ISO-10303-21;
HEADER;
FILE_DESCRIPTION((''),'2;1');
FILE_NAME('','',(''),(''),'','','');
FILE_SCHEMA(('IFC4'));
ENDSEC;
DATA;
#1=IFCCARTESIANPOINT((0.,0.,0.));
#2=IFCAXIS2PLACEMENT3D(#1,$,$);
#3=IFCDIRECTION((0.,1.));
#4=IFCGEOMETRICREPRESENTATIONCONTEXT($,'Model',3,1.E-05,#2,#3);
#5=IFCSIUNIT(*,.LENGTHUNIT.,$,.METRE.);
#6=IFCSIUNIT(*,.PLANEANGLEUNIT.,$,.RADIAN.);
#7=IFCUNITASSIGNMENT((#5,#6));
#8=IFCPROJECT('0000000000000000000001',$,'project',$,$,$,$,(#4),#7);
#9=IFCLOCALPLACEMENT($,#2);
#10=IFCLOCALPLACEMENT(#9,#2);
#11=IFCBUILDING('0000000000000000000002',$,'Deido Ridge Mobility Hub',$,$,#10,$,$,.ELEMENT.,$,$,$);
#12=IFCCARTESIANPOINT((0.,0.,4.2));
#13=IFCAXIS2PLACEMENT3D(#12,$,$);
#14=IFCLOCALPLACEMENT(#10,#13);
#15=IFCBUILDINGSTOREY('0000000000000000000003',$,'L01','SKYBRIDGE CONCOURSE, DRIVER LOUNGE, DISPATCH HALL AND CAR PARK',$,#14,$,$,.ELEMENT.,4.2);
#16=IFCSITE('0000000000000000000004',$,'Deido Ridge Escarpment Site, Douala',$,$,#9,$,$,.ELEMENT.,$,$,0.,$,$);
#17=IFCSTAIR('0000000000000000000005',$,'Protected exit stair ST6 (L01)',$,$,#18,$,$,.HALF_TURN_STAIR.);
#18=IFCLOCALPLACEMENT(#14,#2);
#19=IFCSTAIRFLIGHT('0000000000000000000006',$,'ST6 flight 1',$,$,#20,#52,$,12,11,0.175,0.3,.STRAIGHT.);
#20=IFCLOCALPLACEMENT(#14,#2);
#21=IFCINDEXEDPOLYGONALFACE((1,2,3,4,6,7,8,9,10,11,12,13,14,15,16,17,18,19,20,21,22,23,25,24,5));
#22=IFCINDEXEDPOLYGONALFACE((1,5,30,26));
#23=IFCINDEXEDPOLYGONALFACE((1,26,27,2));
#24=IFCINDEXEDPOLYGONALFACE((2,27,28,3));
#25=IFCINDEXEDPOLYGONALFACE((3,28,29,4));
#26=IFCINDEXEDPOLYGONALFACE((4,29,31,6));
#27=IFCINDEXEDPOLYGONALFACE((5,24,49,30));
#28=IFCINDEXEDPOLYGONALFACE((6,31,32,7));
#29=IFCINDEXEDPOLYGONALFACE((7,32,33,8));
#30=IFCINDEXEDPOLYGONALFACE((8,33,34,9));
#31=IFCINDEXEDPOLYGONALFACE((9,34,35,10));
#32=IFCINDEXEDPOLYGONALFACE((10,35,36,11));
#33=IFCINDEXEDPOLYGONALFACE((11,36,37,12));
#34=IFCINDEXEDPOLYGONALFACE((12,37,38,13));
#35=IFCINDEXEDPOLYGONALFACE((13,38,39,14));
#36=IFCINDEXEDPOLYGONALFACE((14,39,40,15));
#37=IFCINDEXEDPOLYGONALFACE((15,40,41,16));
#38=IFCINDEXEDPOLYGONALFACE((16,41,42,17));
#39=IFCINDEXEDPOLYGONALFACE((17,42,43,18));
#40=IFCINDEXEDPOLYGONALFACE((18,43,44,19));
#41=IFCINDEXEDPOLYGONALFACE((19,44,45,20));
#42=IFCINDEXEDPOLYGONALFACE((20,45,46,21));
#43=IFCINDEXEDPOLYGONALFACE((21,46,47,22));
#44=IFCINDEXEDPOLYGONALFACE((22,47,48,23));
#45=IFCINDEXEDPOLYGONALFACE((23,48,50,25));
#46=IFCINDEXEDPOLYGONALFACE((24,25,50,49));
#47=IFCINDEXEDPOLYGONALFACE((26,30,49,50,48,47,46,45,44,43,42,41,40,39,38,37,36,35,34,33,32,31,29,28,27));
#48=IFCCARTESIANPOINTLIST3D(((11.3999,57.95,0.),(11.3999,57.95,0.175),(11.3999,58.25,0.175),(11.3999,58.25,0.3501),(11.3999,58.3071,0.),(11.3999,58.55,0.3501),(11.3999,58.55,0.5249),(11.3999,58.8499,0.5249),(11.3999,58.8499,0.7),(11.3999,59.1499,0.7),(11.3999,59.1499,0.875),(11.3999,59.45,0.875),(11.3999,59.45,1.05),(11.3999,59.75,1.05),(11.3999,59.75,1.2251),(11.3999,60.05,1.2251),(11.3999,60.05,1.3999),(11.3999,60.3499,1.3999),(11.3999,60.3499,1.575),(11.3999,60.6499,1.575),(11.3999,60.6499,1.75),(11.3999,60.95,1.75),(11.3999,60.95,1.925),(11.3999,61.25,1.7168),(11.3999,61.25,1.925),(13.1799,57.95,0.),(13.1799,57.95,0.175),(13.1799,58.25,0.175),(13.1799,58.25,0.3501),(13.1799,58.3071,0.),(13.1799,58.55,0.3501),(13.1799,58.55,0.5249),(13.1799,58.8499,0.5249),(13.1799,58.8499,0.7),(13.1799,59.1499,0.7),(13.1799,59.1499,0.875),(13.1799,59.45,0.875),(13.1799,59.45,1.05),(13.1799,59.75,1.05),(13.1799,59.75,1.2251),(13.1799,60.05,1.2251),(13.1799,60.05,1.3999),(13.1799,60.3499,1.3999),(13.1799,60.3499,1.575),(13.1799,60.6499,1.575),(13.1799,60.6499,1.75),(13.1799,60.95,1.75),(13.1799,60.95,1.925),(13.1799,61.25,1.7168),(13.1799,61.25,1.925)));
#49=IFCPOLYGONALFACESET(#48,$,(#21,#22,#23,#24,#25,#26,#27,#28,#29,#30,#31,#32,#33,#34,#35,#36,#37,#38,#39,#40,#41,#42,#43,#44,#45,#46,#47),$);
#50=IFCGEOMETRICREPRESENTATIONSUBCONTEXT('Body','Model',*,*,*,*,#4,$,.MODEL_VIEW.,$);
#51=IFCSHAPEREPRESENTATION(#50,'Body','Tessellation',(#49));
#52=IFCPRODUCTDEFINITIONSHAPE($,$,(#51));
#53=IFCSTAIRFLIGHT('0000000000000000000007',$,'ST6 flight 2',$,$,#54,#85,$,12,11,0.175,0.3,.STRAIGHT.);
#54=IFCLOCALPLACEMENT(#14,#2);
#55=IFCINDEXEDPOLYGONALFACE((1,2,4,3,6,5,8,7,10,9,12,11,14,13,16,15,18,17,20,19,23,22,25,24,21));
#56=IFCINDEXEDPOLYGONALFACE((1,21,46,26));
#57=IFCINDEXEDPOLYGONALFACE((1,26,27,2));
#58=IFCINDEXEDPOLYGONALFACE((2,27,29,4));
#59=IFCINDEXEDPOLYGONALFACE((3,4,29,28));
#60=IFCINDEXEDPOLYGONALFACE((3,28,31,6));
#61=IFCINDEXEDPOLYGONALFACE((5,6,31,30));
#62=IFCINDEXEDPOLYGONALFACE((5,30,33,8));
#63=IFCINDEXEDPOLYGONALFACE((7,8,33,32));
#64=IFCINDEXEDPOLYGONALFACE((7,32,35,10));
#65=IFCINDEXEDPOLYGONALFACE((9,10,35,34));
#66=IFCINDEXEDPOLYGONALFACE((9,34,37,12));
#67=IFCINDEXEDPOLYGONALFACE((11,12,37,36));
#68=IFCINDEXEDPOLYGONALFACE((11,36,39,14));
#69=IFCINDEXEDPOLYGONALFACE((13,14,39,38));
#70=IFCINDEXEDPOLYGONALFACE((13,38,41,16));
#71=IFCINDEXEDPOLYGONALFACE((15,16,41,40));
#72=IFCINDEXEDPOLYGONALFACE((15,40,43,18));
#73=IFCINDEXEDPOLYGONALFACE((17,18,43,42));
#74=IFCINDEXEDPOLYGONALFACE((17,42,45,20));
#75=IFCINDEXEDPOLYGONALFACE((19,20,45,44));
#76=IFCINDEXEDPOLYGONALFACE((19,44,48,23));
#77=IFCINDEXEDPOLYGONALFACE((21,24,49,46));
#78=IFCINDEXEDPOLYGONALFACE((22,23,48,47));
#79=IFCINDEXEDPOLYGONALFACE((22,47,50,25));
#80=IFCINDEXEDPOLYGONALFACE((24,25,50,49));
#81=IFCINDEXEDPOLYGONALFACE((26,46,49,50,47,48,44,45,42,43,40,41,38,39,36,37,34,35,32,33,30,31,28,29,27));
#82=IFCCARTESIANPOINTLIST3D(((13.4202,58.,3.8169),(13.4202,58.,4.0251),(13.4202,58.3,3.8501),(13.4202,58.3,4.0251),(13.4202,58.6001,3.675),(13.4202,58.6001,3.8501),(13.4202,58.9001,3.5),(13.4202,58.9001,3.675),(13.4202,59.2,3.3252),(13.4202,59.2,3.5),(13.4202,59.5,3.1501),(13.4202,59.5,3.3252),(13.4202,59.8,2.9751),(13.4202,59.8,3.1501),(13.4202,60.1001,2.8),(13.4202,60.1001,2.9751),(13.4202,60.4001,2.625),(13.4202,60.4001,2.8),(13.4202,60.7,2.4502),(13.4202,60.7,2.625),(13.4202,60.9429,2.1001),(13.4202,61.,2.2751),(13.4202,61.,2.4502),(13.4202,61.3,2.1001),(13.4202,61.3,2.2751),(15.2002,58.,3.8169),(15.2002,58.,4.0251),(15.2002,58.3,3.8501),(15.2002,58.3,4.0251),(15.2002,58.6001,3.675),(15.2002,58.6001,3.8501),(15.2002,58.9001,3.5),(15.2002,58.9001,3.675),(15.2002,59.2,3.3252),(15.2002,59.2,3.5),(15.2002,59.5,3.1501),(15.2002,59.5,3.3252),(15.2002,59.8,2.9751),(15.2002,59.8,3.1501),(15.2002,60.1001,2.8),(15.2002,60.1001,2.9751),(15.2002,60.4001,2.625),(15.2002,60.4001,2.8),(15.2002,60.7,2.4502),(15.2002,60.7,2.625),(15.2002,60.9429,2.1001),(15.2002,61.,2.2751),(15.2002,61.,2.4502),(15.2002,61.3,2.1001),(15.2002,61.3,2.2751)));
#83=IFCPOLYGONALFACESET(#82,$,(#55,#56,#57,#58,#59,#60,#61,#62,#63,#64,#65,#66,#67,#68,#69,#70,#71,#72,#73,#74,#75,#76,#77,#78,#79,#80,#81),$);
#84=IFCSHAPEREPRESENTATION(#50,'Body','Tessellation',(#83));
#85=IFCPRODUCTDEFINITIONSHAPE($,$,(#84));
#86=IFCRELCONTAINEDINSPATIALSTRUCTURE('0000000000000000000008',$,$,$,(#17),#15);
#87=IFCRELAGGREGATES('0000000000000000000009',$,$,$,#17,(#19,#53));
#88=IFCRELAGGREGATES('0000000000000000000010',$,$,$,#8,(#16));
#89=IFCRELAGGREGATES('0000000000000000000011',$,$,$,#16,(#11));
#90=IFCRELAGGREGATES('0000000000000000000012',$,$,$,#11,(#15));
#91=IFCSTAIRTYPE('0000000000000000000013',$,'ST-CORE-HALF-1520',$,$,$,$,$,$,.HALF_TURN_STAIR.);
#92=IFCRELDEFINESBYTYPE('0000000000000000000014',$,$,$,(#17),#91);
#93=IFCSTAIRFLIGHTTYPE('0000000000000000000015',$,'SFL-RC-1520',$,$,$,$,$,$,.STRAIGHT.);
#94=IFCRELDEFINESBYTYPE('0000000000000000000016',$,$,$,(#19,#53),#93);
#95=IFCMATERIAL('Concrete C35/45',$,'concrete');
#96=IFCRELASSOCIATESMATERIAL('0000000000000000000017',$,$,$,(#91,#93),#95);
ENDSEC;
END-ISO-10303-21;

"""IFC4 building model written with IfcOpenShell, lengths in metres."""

from ifc_helpers import new_model, si_unit, direction, frame, origin, place, context, subcontext, project, spatial, polyline, outline, extrude, material, type_object, element, aggregate, save


model = new_model("IFC4")

# Units and contexts
model_context = context("Model", 3, precision=1e-05, world=origin(), true_north=direction((0.0, 1.0)))
body_context = subcontext(model_context, "Body", "Model", "MODEL_VIEW")
ifc_project = project(units=[si_unit("LENGTHUNIT", "METRE"), si_unit("PLANEANGLEUNIT", "RADIAN")], contexts=[model_context])

# Site, building, storey
site_placement = place(None, origin())
site = spatial("IfcSite", under=ifc_project, at=site_placement, Name="Deido Ridge Escarpment Site, Douala", CompositionType="ELEMENT", RefElevation=0.0)
building_placement = place(site_placement, origin())
building = spatial("IfcBuilding", under=site, at=building_placement, Name="Deido Ridge Mobility Hub", CompositionType="ELEMENT")
storey_placement = place(building_placement, frame((0.0, 0.0, 4.2)))
storey = spatial("IfcBuildingStorey", under=building, at=storey_placement, Name="L01", Description="SKYBRIDGE CONCOURSE, DRIVER LOUNGE, DISPATCH HALL AND CAR PARK", CompositionType="ELEMENT", Elevation=4.2)

# Stair, stair flights
ifc_material_1 = material(Name="Concrete C35/45", Category="concrete")
stair_type = type_object("IfcStairType", Name="ST-CORE-HALF-1520", PredefinedType="HALF_TURN_STAIR", material=ifc_material_1)
stair_placement = place(storey_placement, origin())
stair = element("IfcStair", 1, at=stair_placement, inside=storey, type_object=stair_type, Name="Protected exit stair ST6 (L01)", PredefinedType="HALF_TURN_STAIR")
stair_flight_type = type_object("IfcStairFlightType", Name="SFL-RC-1520", PredefinedType="STRAIGHT", material=ifc_material_1)
stair_flight_1_placement = place(storey_placement, frame((12.29, 57.95, 0.0), z_axis=(0.0, 0.0, 1.0), x_axis=(0.0, 1.0, 0.0)))
stair_flight_1 = element("IfcStairFlight", 2, at=stair_flight_1_placement, type_object=stair_flight_type, Name="ST6 flight 1", NumberOfRisers=12, NumberOfTreads=11, PredefinedType="STRAIGHT", RiserHeight=0.175, TreadLength=0.3, context=body_context, shape_type="SweptSolid", body=[
    extrude(outline(polyline([(0.0, 0.0), (0.0, 0.175), (0.3, 0.175), (0.3, 0.3501), (0.6001, 0.3501), (0.6001, 0.5249), (0.8999, 0.5249), (0.8999, 0.7), (1.2, 0.7), (1.2, 0.875), (1.5, 0.875), (1.5, 1.05), (1.8, 1.05), (1.8, 1.2251), (2.1001, 1.2251), (2.1001, 1.3999), (2.3999, 1.3999), (2.3999, 1.575), (2.7, 1.575), (2.7, 1.75), (3.0, 1.75), (3.0, 1.925), (3.3, 1.925), (3.3, 2.1001), (3.3, 1.7168), (0.3572, 0.0), (0.0, 0.0)])), frame((0.0, 0.8901, 0.0), z_axis=(0.0, -1.0, 0.0), x_axis=(1.0, 0.0, 0.0)), (0.0, 0.0, 1.0), 1.78),
])
stair_flight_2_placement = place(storey_placement, frame((14.3101, 61.3, 2.1001), z_axis=(0.0, 0.0, 1.0), x_axis=(0.0, -1.0, 0.0)))
stair_flight_2 = element("IfcStairFlight", 3, at=stair_flight_2_placement, type_object=stair_flight_type, Name="ST6 flight 2", NumberOfRisers=12, NumberOfTreads=11, PredefinedType="STRAIGHT", RiserHeight=0.175, TreadLength=0.3, context=body_context, shape_type="SweptSolid", body=[
    extrude(outline(polyline([(0.0, 0.0), (0.0, 0.175), (0.3, 0.175), (0.3, 0.3501), (0.6001, 0.3501), (0.6001, 0.5249), (0.8999, 0.5249), (0.8999, 0.7), (1.2, 0.7), (1.2, 0.875), (1.5, 0.875), (1.5, 1.05), (1.8, 1.05), (1.8, 1.2251), (2.1001, 1.2251), (2.1001, 1.3999), (2.3999, 1.3999), (2.3999, 1.575), (2.7, 1.575), (2.7, 1.75), (3.0, 1.75), (3.0, 1.925), (3.3, 1.925), (3.3, 2.1001), (3.3, 1.7168), (0.3572, 0.0), (0.0, 0.0)])), frame((0.0, 0.8901, 0.0), z_axis=(0.0, -1.0, 0.0), x_axis=(1.0, 0.0, 0.0)), (0.0, 0.0, 1.0), 1.78),
])
aggregate(stair, [stair_flight_1, stair_flight_2])

save(model, "model.ifc")
